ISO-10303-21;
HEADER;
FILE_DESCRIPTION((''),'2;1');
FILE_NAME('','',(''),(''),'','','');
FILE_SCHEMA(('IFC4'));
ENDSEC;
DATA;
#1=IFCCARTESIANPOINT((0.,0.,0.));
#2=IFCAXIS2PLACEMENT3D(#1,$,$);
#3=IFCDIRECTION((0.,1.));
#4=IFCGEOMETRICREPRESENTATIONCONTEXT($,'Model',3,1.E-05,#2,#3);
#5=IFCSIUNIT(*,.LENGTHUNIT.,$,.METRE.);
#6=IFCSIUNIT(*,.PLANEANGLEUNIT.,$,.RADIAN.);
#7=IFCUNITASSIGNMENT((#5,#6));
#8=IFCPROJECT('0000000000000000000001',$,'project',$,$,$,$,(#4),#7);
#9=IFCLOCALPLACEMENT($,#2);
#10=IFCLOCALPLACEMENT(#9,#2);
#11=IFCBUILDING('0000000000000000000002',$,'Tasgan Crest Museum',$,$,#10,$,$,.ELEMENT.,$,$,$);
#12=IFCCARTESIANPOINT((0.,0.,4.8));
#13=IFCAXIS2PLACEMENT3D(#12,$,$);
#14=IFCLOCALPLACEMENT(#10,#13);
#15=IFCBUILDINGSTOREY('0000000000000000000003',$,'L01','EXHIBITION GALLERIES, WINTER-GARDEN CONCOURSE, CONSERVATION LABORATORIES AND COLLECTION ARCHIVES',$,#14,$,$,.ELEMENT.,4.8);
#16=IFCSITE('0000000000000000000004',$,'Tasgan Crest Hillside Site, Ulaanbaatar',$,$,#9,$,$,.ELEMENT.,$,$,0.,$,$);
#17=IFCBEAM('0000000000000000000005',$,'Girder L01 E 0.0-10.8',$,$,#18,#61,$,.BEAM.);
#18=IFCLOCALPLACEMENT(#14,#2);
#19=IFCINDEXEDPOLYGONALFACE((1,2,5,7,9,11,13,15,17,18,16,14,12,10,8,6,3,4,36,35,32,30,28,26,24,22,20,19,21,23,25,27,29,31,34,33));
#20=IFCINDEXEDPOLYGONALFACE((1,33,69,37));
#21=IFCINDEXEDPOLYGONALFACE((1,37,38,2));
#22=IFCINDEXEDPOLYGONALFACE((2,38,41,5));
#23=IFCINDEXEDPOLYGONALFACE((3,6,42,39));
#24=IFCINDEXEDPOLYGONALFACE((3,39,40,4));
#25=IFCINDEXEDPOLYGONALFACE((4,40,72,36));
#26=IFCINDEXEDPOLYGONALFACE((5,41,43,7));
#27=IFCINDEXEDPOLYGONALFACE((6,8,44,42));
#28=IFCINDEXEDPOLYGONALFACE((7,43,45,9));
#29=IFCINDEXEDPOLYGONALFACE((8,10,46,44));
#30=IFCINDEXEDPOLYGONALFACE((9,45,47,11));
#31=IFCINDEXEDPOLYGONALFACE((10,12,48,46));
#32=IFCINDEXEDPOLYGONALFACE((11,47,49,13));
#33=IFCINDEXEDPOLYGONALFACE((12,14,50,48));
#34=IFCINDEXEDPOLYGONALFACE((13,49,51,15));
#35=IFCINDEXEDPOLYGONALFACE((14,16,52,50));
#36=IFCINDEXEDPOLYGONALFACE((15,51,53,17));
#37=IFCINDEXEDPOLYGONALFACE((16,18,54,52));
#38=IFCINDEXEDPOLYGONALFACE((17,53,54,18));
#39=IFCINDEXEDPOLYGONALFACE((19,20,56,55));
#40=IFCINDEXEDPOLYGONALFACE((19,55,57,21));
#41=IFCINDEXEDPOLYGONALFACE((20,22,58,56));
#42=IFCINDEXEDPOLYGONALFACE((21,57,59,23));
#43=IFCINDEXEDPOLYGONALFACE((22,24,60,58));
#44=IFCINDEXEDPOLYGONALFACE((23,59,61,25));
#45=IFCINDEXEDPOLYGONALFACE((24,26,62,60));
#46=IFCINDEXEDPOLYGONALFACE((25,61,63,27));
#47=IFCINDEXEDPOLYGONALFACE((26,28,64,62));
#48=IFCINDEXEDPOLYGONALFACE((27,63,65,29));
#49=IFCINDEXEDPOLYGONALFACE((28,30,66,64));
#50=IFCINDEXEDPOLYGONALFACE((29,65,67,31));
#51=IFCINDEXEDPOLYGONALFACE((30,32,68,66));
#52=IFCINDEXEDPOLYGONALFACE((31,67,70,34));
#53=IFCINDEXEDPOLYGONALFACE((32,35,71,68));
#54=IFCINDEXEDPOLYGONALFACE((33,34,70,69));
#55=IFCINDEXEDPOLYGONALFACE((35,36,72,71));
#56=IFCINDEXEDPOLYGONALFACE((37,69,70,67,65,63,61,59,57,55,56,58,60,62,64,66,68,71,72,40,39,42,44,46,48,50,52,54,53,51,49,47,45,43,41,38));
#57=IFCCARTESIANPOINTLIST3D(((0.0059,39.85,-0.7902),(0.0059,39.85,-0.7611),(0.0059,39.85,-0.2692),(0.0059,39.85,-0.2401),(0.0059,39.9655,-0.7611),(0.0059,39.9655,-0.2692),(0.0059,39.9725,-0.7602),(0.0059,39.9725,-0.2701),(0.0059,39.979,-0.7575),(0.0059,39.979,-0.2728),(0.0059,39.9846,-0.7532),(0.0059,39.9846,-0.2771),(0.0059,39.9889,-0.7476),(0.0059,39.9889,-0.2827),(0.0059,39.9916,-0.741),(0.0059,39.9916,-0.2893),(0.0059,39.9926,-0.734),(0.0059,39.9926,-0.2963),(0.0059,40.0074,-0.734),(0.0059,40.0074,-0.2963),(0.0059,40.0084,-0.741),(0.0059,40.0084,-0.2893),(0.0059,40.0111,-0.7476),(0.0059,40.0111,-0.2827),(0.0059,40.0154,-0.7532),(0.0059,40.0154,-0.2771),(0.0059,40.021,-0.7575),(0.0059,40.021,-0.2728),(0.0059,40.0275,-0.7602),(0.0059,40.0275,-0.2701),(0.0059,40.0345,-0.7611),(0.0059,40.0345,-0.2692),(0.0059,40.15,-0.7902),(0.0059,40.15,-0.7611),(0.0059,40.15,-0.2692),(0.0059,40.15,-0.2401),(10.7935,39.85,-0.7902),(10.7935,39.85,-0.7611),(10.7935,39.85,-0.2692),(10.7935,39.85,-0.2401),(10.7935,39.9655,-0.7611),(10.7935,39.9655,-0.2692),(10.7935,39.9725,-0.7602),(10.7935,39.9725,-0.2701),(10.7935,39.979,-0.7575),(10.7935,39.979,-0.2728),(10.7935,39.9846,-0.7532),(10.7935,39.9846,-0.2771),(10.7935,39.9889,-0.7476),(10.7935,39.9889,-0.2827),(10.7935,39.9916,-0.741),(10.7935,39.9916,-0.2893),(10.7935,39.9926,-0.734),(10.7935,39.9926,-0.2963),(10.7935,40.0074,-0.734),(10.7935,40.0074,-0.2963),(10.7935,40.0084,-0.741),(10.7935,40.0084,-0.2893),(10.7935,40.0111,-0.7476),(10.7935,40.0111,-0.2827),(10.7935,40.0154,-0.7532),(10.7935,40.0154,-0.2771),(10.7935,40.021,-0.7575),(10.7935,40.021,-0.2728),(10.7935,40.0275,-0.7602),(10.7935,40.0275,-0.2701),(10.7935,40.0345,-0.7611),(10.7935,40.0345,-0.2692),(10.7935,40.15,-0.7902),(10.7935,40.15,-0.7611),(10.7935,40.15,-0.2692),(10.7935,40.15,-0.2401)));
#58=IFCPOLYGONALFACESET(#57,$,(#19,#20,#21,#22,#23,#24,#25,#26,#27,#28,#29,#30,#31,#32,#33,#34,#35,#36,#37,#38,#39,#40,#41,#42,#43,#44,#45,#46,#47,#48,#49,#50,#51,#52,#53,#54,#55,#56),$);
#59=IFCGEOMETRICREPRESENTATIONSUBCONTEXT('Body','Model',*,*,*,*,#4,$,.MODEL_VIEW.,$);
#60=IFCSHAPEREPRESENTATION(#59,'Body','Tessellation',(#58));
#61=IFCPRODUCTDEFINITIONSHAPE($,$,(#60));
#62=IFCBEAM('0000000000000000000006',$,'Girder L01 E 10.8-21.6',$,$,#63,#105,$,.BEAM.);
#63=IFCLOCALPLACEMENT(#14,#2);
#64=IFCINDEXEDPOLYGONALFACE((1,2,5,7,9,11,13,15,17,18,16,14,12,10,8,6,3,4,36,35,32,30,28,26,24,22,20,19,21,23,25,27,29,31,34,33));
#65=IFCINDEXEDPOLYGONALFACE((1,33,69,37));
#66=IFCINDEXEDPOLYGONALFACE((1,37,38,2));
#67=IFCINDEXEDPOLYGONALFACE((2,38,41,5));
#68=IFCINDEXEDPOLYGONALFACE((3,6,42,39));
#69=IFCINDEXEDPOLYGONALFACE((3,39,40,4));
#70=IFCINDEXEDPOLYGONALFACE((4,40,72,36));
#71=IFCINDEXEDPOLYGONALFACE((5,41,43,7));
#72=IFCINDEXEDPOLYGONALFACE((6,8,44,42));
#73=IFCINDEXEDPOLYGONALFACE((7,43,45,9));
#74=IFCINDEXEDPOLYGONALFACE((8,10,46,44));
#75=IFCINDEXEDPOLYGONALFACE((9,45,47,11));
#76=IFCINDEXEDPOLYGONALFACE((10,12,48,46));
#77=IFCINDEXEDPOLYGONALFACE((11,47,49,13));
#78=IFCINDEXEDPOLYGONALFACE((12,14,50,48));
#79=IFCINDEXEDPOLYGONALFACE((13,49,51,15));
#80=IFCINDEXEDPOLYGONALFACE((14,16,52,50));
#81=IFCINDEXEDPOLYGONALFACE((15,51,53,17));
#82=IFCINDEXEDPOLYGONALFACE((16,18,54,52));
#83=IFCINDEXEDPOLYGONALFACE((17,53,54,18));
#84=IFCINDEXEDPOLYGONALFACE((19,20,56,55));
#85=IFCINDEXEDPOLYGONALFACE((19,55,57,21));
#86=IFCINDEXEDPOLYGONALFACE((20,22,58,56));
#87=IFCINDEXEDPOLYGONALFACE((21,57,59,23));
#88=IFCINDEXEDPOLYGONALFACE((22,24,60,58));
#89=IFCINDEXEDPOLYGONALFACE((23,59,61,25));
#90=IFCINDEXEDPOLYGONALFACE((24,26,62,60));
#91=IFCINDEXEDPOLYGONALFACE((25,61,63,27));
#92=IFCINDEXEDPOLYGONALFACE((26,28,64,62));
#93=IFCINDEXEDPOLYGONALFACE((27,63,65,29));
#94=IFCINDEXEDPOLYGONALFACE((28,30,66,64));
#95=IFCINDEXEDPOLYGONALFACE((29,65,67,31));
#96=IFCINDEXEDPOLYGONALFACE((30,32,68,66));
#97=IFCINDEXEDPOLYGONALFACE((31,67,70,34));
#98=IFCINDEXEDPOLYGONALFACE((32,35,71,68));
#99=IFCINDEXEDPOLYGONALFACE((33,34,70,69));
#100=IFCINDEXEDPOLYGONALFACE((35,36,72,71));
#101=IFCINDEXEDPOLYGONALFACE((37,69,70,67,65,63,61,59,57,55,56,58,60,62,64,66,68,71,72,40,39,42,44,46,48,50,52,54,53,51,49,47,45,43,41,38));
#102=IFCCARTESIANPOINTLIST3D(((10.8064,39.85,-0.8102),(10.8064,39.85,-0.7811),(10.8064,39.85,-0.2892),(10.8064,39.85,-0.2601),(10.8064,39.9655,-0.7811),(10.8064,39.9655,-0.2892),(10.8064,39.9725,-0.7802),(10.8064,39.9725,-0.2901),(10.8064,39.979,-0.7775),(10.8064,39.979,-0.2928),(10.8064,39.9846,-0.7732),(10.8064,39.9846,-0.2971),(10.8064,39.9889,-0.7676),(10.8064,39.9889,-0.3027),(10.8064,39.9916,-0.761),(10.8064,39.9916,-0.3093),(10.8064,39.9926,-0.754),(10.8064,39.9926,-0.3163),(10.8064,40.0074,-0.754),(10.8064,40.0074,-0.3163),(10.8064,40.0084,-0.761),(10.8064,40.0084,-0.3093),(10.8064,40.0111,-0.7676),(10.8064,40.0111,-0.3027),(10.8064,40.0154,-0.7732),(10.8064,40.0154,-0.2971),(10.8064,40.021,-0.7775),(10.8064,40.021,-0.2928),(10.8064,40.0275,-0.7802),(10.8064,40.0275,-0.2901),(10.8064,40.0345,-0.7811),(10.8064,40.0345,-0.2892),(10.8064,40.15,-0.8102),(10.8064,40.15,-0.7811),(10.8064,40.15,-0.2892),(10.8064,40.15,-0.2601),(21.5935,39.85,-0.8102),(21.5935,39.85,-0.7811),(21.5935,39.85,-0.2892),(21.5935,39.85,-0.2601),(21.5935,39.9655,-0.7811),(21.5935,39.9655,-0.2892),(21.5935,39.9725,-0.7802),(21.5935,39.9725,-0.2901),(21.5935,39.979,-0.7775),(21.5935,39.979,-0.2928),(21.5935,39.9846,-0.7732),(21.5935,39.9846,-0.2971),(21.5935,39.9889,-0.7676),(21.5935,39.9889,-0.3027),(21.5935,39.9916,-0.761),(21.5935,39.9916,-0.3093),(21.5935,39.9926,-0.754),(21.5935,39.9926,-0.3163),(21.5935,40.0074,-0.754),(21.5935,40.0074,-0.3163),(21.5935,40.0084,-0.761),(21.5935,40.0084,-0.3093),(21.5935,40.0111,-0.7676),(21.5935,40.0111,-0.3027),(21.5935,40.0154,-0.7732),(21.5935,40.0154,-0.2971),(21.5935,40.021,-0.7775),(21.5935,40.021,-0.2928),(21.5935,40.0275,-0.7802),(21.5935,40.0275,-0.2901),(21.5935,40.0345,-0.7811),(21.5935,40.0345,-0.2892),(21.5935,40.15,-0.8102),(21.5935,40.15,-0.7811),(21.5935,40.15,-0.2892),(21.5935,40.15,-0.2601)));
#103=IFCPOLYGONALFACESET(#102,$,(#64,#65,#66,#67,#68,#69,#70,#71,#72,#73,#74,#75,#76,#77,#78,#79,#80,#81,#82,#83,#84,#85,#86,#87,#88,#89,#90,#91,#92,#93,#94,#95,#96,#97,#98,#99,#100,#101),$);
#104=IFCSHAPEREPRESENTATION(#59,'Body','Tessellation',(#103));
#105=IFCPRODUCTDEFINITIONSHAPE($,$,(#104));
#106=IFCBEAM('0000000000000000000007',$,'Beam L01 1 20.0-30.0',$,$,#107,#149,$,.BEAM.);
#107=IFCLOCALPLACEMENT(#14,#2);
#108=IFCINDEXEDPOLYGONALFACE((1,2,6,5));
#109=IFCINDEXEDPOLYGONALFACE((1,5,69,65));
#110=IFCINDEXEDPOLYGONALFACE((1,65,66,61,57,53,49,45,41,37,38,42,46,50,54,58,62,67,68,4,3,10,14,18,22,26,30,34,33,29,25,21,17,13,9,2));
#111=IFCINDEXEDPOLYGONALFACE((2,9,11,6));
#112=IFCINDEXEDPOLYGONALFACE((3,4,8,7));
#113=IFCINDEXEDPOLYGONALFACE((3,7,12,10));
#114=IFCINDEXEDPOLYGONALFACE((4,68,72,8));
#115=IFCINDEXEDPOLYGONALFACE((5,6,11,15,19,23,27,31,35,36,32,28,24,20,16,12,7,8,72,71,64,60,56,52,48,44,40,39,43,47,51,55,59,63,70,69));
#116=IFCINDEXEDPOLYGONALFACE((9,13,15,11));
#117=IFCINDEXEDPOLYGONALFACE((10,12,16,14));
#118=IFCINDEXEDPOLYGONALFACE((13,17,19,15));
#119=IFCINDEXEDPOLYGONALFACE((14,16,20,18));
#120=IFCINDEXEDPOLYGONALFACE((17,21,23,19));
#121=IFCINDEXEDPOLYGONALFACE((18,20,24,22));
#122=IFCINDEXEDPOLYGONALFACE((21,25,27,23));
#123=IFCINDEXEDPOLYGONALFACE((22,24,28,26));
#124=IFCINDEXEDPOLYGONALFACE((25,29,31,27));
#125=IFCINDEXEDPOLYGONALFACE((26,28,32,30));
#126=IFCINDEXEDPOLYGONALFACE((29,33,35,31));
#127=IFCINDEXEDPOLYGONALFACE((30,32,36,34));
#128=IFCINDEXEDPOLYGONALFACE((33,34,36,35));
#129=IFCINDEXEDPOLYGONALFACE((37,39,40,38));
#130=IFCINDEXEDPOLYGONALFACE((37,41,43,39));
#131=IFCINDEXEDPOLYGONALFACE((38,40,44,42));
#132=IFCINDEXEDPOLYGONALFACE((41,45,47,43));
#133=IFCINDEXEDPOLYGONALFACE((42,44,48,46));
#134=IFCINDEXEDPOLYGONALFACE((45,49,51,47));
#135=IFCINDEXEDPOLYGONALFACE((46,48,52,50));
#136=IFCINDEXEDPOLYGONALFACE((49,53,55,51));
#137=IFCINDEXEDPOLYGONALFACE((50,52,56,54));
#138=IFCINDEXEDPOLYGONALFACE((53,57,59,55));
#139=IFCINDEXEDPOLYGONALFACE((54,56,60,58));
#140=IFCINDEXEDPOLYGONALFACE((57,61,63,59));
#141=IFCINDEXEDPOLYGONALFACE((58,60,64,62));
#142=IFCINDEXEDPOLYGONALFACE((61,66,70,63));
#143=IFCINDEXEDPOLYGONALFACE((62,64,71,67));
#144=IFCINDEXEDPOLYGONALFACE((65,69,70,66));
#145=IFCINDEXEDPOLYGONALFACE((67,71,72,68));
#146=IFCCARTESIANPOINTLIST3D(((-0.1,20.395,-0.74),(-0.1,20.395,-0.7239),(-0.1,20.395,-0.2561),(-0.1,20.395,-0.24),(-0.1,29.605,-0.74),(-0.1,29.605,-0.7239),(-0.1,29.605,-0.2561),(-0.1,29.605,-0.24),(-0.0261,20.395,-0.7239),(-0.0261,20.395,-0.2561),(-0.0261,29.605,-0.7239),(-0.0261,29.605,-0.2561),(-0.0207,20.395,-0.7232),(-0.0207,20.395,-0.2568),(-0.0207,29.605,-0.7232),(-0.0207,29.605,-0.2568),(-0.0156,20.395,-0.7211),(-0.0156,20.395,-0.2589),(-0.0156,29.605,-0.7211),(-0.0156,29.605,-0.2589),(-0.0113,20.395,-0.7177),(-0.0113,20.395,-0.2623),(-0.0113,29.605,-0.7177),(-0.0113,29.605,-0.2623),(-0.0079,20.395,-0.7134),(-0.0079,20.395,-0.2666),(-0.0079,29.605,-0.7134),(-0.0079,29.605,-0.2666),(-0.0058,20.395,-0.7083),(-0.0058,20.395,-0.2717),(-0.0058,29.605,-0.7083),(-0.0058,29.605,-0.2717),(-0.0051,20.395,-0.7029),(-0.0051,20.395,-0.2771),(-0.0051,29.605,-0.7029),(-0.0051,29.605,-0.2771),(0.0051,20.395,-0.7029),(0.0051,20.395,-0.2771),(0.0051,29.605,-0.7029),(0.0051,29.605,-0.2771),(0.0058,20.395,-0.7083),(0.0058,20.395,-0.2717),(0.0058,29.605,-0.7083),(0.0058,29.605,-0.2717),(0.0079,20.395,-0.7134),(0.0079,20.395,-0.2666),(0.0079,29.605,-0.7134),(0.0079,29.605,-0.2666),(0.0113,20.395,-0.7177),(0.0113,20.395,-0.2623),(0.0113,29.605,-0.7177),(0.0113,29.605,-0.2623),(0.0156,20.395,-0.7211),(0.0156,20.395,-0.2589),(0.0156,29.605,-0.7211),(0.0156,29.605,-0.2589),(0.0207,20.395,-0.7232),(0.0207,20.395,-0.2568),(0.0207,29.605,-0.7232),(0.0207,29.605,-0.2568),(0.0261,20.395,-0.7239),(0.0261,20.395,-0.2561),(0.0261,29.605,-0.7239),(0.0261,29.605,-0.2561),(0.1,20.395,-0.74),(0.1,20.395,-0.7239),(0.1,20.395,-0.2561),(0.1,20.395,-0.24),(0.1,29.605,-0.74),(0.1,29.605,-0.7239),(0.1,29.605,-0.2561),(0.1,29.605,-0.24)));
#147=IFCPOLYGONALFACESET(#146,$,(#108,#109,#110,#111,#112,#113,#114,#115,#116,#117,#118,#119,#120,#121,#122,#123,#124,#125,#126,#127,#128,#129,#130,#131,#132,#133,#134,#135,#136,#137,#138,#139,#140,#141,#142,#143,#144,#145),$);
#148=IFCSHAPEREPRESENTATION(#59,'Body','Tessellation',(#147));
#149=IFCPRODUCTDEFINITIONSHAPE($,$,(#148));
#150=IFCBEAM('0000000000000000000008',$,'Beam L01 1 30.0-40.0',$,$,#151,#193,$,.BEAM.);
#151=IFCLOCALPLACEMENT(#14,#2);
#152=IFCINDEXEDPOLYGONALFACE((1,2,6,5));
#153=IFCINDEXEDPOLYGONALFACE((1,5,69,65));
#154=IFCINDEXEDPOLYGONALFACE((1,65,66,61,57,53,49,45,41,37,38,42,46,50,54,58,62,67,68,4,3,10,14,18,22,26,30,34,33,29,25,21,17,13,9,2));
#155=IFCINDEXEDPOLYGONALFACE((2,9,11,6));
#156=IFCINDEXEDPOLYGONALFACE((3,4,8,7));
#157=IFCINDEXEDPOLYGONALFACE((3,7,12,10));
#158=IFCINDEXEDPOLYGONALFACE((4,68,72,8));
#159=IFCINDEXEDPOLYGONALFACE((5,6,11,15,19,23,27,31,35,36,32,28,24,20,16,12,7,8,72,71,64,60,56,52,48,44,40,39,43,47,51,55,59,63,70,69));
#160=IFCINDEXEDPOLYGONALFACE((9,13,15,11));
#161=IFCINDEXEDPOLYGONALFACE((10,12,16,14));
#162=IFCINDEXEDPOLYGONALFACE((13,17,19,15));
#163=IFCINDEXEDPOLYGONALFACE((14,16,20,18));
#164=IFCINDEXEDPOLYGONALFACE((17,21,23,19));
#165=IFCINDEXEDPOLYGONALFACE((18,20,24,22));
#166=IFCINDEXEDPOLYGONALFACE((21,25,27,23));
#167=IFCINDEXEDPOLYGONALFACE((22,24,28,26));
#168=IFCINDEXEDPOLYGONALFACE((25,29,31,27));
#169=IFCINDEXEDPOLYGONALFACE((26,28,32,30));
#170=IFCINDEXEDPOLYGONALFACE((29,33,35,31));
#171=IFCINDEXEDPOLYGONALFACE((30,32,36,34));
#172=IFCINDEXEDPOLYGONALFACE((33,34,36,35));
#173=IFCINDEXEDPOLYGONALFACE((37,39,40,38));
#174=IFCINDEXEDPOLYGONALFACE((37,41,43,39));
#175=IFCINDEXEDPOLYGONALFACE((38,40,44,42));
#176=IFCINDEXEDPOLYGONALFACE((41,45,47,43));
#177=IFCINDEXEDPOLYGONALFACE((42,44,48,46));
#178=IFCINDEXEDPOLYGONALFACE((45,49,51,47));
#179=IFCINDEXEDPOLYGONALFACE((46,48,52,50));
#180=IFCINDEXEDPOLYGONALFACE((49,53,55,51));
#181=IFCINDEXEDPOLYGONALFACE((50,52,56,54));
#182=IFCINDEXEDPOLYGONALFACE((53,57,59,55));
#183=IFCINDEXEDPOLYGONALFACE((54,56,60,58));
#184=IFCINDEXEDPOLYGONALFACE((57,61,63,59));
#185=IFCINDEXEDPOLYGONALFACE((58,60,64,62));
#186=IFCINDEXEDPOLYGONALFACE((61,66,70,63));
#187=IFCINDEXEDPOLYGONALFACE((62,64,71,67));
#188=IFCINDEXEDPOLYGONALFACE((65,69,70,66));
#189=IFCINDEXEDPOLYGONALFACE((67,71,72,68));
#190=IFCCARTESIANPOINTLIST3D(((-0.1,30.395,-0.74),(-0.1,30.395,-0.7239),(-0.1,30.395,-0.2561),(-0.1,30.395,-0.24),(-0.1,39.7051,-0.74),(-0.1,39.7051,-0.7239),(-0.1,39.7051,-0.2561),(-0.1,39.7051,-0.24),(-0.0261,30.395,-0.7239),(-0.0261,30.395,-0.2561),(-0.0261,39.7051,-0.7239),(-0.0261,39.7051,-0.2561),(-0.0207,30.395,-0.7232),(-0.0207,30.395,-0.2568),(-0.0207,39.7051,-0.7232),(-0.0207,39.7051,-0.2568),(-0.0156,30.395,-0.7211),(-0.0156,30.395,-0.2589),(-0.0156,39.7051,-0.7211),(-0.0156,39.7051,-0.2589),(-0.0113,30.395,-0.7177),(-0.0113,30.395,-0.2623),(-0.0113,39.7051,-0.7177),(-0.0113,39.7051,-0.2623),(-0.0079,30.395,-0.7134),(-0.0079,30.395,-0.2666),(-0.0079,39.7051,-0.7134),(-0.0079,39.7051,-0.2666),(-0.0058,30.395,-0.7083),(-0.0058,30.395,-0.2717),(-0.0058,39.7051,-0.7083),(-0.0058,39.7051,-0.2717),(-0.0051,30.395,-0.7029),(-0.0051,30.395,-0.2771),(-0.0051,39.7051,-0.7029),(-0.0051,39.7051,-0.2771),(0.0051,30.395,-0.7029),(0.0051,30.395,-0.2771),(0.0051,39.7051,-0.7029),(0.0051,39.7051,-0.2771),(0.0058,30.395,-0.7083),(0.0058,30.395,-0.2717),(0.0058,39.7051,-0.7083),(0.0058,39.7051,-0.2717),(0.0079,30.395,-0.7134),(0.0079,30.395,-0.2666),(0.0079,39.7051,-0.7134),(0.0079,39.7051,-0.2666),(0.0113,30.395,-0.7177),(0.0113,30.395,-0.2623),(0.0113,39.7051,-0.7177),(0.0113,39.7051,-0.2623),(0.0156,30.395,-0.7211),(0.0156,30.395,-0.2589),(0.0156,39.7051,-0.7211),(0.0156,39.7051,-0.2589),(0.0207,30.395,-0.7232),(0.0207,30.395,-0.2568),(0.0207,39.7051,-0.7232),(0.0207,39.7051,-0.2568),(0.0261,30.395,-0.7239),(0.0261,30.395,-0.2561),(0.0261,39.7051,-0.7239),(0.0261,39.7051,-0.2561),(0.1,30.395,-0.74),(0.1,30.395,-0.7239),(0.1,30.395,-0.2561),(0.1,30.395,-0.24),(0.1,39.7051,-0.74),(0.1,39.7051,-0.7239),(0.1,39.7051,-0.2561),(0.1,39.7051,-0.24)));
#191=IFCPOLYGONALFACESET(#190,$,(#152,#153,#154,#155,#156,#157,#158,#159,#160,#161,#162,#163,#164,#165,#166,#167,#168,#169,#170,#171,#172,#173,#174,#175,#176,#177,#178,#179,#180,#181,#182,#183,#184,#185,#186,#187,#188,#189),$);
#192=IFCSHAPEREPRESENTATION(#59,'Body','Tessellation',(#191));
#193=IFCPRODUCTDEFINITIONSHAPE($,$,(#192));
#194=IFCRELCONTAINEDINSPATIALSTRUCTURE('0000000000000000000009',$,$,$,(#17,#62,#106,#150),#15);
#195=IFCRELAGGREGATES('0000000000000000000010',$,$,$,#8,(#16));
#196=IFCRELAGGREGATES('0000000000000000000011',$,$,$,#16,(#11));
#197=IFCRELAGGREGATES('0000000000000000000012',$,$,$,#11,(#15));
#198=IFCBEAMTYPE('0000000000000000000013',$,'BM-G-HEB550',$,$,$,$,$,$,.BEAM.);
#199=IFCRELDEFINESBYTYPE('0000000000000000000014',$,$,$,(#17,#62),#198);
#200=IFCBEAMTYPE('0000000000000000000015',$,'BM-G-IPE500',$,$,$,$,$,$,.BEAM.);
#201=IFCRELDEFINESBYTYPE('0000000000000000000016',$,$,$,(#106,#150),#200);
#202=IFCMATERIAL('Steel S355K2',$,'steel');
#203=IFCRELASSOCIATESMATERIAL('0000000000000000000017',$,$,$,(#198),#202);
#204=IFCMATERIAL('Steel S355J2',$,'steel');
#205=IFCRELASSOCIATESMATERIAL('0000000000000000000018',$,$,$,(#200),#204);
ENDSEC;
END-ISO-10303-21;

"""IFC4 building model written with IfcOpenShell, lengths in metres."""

from ifc_helpers import new_model, si_unit, direction, frame, origin, origin_2d, place, context, subcontext, project, spatial, i_section, extrude, material, material_profile, profile_set, type_object, element, save


model = new_model("IFC4")

# Units and contexts
model_context = context("Model", 3, precision=1e-05, world=origin(), true_north=direction((0.0, 1.0)))
body_context = subcontext(model_context, "Body", "Model", "MODEL_VIEW")
ifc_project = project(units=[si_unit("LENGTHUNIT", "METRE"), si_unit("PLANEANGLEUNIT", "RADIAN")], contexts=[model_context])

# Site, building, storey
site_placement = place(None, origin())
site = spatial("IfcSite", under=ifc_project, at=site_placement, Name="Tasgan Crest Hillside Site, Ulaanbaatar", CompositionType="ELEMENT", RefElevation=0.0)
building_placement = place(site_placement, origin())
building = spatial("IfcBuilding", under=site, at=building_placement, Name="Tasgan Crest Museum", CompositionType="ELEMENT")
storey_placement = place(building_placement, frame((0.0, 0.0, 4.8)))
storey = spatial("IfcBuildingStorey", under=building, at=storey_placement, Name="L01", Description="EXHIBITION GALLERIES, WINTER-GARDEN CONCOURSE, CONSERVATION LABORATORIES AND COLLECTION ARCHIVES", CompositionType="ELEMENT", Elevation=4.8)

# Beams
ifc_material_1 = material(Name="Steel S355K2", Category="steel")
ifc_material_profile_1 = material_profile(ifc_material_1, i_section(OverallWidth=0.3, OverallDepth=0.55, WebThickness=0.0149, FlangeThickness=0.0291, FilletRadius=0.0271, at=origin_2d()), Name="HEB 550")
ifc_profile_set_1 = profile_set([ifc_material_profile_1], Name="Steel S355K2")
beam_type_1 = type_object("IfcBeamType", Name="BM-G-HEB550", PredefinedType="BEAM", material=ifc_profile_set_1)
beam_1_placement = place(storey_placement, frame((0.0059, 40.0, -0.5151), z_axis=(1.0, 0.0, 0.0), x_axis=(0.0, 1.0, 0.0)))
element("IfcBeam", 1, at=beam_1_placement, inside=storey, type_object=beam_type_1, Name="Girder L01 E 0.0-10.8", PredefinedType="BEAM", context=body_context, shape_type="SweptSolid", body=[
    extrude(i_section(OverallWidth=0.3, OverallDepth=0.55, WebThickness=0.0149, FlangeThickness=0.0291, FilletRadius=0.0271, at=origin_2d()), origin(), (0.0, 0.0, 1.0), 10.7876),
])
beam_2_placement = place(storey_placement, frame((10.8064, 40.0, -0.5352), z_axis=(1.0, 0.0, 0.0), x_axis=(0.0, 1.0, 0.0)))
element("IfcBeam", 2, at=beam_2_placement, inside=storey, type_object=beam_type_1, Name="Girder L01 E 10.8-21.6", PredefinedType="BEAM", context=body_context, shape_type="SweptSolid", body=[
    extrude(i_section(OverallWidth=0.3, OverallDepth=0.55, WebThickness=0.0149, FlangeThickness=0.0291, FilletRadius=0.0271, at=origin_2d()), origin(), (0.0, 0.0, 1.0), 10.7871),
])
ifc_material_2 = material(Name="Steel S355J2", Category="steel")
ifc_material_profile_2 = material_profile(ifc_material_2, i_section(OverallWidth=0.2, OverallDepth=0.5, WebThickness=0.0103, FlangeThickness=0.0161, FilletRadius=0.021, at=origin_2d()), Name="IPE 500")
ifc_profile_set_2 = profile_set([ifc_material_profile_2], Name="Steel S355J2")
beam_type_2 = type_object("IfcBeamType", Name="BM-G-IPE500", PredefinedType="BEAM", material=ifc_profile_set_2)
beam_3_placement = place(storey_placement, frame((0.0, 20.395, -0.49), z_axis=(0.0, 1.0, 0.0), x_axis=(-1.0, 0.0, 0.0)))
element("IfcBeam", 3, at=beam_3_placement, inside=storey, type_object=beam_type_2, Name="Beam L01 1 20.0-30.0", PredefinedType="BEAM", context=body_context, shape_type="SweptSolid", body=[
    extrude(i_section(OverallWidth=0.2, OverallDepth=0.5, WebThickness=0.0103, FlangeThickness=0.0161, FilletRadius=0.021, at=origin_2d()), origin(), (0.0, 0.0, 1.0), 9.21),
])
beam_4_placement = place(storey_placement, frame((0.0, 30.395, -0.49), z_axis=(0.0, 1.0, 0.0), x_axis=(-1.0, 0.0, 0.0)))
element("IfcBeam", 4, at=beam_4_placement, inside=storey, type_object=beam_type_2, Name="Beam L01 1 30.0-40.0", PredefinedType="BEAM", context=body_context, shape_type="SweptSolid", body=[
    extrude(i_section(OverallWidth=0.2, OverallDepth=0.5, WebThickness=0.0103, FlangeThickness=0.0161, FilletRadius=0.021, at=origin_2d()), origin(), (0.0, 0.0, 1.0), 9.3101),
])

save(model, "model.ifc")
